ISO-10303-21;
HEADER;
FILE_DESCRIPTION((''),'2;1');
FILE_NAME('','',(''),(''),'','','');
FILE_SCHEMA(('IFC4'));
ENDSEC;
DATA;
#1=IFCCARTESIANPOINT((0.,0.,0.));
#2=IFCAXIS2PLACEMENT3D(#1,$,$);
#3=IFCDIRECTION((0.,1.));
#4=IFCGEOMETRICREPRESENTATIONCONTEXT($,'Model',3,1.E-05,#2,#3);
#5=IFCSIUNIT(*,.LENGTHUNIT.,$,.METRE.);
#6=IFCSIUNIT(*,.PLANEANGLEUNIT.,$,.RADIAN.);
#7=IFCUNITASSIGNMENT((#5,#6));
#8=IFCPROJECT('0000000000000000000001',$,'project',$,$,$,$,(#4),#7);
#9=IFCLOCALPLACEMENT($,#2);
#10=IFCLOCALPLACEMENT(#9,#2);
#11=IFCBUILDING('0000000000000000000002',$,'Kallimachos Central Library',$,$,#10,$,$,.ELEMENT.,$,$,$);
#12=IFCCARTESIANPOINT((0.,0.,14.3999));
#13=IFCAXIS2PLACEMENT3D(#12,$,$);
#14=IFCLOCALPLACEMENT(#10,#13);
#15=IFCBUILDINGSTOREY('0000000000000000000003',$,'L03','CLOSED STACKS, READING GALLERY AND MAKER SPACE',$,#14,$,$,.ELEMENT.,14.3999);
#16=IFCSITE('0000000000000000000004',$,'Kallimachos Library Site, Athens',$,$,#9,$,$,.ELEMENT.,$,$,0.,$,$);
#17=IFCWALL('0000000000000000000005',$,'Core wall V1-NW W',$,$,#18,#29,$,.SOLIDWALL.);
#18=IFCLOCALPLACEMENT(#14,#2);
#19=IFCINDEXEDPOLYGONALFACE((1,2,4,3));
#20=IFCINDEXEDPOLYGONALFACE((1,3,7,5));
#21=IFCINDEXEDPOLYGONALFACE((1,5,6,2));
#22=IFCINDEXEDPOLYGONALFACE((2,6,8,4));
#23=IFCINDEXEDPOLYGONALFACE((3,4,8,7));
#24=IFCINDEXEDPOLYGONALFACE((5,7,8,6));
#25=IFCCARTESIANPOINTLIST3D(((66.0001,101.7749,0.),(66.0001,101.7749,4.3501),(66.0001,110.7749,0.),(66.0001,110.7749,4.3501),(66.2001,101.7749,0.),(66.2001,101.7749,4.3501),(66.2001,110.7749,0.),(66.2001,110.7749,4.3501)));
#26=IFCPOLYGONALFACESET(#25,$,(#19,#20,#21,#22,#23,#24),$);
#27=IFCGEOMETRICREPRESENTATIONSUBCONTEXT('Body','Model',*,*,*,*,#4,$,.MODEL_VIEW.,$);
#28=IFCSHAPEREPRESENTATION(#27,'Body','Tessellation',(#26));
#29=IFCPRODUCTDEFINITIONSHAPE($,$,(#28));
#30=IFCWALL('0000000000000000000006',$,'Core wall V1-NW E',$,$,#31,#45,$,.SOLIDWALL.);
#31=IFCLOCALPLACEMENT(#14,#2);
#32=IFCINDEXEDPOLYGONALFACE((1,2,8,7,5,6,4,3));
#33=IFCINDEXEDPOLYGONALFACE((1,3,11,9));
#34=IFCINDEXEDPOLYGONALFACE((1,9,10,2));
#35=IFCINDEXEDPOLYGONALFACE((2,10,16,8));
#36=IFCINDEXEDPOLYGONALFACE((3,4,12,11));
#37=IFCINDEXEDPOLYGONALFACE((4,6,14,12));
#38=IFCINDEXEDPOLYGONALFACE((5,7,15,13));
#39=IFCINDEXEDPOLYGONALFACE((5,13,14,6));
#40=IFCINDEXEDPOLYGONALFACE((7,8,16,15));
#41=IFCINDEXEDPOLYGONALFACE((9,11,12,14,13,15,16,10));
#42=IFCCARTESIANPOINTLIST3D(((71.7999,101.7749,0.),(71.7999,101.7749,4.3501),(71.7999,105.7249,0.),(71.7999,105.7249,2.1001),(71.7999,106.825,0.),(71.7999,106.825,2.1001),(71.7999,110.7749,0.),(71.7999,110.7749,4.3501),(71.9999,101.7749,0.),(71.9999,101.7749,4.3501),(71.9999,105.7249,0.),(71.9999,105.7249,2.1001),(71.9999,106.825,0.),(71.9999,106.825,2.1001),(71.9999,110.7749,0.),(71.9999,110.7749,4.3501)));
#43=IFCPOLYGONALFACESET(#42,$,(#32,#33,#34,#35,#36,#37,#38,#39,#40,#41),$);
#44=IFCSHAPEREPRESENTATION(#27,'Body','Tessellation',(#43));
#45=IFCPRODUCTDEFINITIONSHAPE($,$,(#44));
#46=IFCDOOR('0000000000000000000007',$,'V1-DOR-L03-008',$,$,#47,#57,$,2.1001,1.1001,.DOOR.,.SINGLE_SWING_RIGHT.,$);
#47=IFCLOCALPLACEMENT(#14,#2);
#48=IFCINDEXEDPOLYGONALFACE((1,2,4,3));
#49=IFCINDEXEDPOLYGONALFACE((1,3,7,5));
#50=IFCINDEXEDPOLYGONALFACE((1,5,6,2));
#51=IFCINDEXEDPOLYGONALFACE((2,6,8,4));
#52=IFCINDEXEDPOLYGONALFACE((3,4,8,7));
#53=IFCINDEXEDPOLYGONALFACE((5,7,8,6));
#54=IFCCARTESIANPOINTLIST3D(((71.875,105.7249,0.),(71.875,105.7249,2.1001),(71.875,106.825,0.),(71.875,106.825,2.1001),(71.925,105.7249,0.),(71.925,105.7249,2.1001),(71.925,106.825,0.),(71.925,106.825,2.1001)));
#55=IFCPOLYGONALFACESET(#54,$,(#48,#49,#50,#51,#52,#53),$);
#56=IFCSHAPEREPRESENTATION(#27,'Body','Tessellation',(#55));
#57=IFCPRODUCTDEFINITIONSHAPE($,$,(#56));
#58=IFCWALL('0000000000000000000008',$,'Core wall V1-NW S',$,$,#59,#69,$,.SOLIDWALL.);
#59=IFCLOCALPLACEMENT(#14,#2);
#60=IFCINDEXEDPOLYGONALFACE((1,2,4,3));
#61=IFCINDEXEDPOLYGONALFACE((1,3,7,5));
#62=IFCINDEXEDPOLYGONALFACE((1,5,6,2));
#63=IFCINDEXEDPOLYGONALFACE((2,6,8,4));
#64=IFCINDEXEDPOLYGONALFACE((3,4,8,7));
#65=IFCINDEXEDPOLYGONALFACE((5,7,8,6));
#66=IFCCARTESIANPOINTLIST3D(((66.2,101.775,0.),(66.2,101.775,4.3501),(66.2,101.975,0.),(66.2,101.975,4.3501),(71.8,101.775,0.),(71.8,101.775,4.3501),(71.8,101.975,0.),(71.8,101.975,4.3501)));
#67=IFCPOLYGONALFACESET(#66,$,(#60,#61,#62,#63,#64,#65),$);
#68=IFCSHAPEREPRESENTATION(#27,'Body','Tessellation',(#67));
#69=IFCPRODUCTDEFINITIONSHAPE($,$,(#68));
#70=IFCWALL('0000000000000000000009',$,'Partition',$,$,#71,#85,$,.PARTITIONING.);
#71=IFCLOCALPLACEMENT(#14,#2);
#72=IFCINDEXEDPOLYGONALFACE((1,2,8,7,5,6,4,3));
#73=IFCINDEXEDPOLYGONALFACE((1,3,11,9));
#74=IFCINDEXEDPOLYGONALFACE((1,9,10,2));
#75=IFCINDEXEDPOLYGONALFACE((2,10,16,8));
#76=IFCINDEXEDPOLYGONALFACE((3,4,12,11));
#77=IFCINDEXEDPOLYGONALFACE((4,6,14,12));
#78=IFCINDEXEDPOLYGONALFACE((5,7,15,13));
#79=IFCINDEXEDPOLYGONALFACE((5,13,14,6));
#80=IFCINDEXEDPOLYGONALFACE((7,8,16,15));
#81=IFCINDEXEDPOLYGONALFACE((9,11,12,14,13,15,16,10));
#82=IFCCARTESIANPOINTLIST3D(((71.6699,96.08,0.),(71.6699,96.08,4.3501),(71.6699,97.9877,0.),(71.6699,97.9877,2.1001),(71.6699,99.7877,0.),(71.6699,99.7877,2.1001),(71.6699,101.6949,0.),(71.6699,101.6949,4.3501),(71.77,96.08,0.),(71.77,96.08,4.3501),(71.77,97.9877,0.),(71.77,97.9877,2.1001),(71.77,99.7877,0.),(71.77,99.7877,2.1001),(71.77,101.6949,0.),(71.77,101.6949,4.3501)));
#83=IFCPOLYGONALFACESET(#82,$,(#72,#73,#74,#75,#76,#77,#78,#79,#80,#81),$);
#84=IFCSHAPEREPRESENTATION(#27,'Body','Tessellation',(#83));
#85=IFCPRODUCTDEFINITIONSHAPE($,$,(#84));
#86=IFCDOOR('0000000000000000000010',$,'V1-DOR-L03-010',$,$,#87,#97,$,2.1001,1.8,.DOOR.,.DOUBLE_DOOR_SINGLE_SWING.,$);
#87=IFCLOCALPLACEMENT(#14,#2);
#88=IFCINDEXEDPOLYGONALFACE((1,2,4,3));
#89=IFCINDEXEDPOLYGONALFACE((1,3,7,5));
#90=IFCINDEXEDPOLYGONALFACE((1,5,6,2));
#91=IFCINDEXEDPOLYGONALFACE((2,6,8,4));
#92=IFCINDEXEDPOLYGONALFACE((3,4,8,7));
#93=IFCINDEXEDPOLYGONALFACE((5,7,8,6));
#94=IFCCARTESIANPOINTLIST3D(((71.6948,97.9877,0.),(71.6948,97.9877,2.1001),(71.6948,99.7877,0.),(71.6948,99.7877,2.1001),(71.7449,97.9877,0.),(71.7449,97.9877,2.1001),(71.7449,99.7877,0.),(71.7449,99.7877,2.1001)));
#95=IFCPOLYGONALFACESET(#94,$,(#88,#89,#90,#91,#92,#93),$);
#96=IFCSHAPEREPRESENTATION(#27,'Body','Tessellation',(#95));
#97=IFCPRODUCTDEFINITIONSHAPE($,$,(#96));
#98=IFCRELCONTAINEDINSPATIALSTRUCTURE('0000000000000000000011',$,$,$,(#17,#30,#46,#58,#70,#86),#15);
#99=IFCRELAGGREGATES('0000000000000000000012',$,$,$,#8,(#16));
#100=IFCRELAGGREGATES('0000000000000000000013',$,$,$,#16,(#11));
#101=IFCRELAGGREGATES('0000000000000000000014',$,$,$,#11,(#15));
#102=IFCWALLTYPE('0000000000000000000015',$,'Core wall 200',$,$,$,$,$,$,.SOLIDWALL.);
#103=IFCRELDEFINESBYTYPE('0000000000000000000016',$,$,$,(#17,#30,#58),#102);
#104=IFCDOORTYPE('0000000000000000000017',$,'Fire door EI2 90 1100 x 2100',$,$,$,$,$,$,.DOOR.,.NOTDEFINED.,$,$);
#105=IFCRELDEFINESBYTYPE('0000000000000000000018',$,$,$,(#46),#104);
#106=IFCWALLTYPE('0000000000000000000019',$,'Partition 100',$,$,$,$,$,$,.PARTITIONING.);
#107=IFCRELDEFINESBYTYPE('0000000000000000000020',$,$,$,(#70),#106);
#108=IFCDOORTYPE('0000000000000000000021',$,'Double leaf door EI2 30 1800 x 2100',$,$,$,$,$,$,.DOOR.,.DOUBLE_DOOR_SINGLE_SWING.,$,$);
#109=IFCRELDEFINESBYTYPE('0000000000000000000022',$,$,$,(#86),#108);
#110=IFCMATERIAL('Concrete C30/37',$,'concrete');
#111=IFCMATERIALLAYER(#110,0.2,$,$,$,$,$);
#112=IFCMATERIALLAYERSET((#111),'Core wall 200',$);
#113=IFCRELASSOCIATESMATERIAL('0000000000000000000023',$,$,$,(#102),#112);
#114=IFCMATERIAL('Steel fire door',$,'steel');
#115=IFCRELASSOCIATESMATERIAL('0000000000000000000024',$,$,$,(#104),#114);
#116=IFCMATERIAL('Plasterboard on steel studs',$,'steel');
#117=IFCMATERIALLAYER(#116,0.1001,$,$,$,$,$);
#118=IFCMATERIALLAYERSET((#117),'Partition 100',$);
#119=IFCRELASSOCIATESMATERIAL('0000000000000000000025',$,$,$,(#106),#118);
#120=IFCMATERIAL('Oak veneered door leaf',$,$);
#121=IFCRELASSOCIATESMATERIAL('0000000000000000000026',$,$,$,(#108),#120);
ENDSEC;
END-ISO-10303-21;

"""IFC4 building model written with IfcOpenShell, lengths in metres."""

from ifc_helpers import new_model, si_unit, direction, frame, frame_2d, origin, place, context, subcontext, project, spatial, rectangle, extrude, material, layer, layer_set, type_object, element, fill, save


model = new_model("IFC4")

# Units and contexts
model_context = context("Model", 3, precision=1e-05, world=origin(), true_north=direction((0.0, 1.0)))
body_context = subcontext(model_context, "Body", "Model", "MODEL_VIEW")
ifc_project = project(units=[si_unit("LENGTHUNIT", "METRE"), si_unit("PLANEANGLEUNIT", "RADIAN")], contexts=[model_context])

# Site, building, storey
site_placement = place(None, origin())
site = spatial("IfcSite", under=ifc_project, at=site_placement, Name="Kallimachos Library Site, Athens", CompositionType="ELEMENT", RefElevation=0.0)
building_placement = place(site_placement, origin())
building = spatial("IfcBuilding", under=site, at=building_placement, Name="Kallimachos Central Library", CompositionType="ELEMENT")
storey_placement = place(building_placement, frame((0.0, 0.0, 14.3999)))
storey = spatial("IfcBuildingStorey", under=building, at=storey_placement, Name="L03", Description="CLOSED STACKS, READING GALLERY AND MAKER SPACE", CompositionType="ELEMENT", Elevation=14.3999)

# Wall
ifc_material_1 = material(Name="Concrete C30/37", Category="concrete")
ifc_layer_1 = layer(ifc_material_1, 0.2)
ifc_layer_set_1 = layer_set([ifc_layer_1], Name="Core wall 200")
wall_type_1 = type_object("IfcWallType", Name="Core wall 200", PredefinedType="SOLIDWALL", material=ifc_layer_set_1)
wall_1_placement = place(storey_placement, frame((66.1001, 101.7749, 0.0), z_axis=(0.0, 0.0, 1.0), x_axis=(0.0, 1.0, 0.0)))
element("IfcWall", 1, at=wall_1_placement, inside=storey, type_object=wall_type_1, Name="Core wall V1-NW W", PredefinedType="SOLIDWALL", context=body_context, shape_type="SweptSolid", body=[
    extrude(rectangle(XDim=9.0, YDim=0.2, at=frame_2d((4.5, 0.0))), origin(), (0.0, 0.0, 1.0), 4.3501),
])

# Wall, opening, door
wall_2_placement = place(storey_placement, frame((71.8999, 101.7749, 0.0), z_axis=(0.0, 0.0, 1.0), x_axis=(0.0, 1.0, 0.0)))
wall_2 = element("IfcWall", 2, at=wall_2_placement, inside=storey, type_object=wall_type_1, Name="Core wall V1-NW E", PredefinedType="SOLIDWALL", context=body_context, shape_type="SweptSolid", body=[
    extrude(rectangle(XDim=9.0, YDim=0.2, at=frame_2d((4.5, 0.0))), origin(), (0.0, 0.0, 1.0), 4.3501),
])
opening_1_placement = place(wall_2_placement, frame((3.95, 0.0, 0.0)))
opening_1 = element("IfcOpeningElement", 3, at=opening_1_placement, cuts=wall_2, PredefinedType="OPENING", context=body_context, shape_type="SweptSolid", body=[
    extrude(rectangle(XDim=1.1001, YDim=2.1001, at=frame_2d((0.55, 1.05))), frame((0.0, 0.1099, 0.0), z_axis=(0.0, -1.0, 0.0), x_axis=(1.0, 0.0, 0.0)), (0.0, 0.0, 1.0), 0.22),
])
ifc_material_2 = material(Name="Steel fire door", Category="steel")
door_type_1 = type_object("IfcDoorType", Name="Fire door EI2 90 1100 x 2100", OperationType="NOTDEFINED", PredefinedType="DOOR", material=ifc_material_2)
door_1_placement = place(opening_1_placement, origin())
door_1 = element("IfcDoor", 4, at=door_1_placement, inside=storey, type_object=door_type_1, Name="V1-DOR-L03-008", OperationType="SINGLE_SWING_RIGHT", OverallHeight=2.1001, OverallWidth=1.1001, PredefinedType="DOOR", context=body_context, shape_type="SweptSolid", body=[
    extrude(rectangle(XDim=1.1001, YDim=2.1001, at=frame_2d((0.55, 1.05))), frame((0.0, 0.0249, 0.0), z_axis=(0.0, -1.0, 0.0), x_axis=(1.0, 0.0, 0.0)), (0.0, 0.0, 1.0), 0.05),
])
fill(opening_1, door_1)

# Wall
wall_3_placement = place(storey_placement, frame((66.2, 101.875, 0.0), z_axis=(0.0, 0.0, 1.0), x_axis=(1.0, 0.0, 0.0)))
element("IfcWall", 5, at=wall_3_placement, inside=storey, type_object=wall_type_1, Name="Core wall V1-NW S", PredefinedType="SOLIDWALL", context=body_context, shape_type="SweptSolid", body=[
    extrude(rectangle(XDim=5.6001, YDim=0.2, at=frame_2d((2.8, 0.0))), origin(), (0.0, 0.0, 1.0), 4.3501),
])

# Wall, opening, door
ifc_material_3 = material(Name="Plasterboard on steel studs", Category="steel")
ifc_layer_2 = layer(ifc_material_3, 0.1001)
ifc_layer_set_2 = layer_set([ifc_layer_2], Name="Partition 100")
wall_type_2 = type_object("IfcWallType", Name="Partition 100", PredefinedType="PARTITIONING", material=ifc_layer_set_2)
wall_4_placement = place(storey_placement, frame((71.72, 101.6951, 0.0), z_axis=(0.0, 0.0, 1.0), x_axis=(0.0, -1.0, 0.0)))
wall_4 = element("IfcWall", 6, at=wall_4_placement, inside=storey, type_object=wall_type_2, Name="Partition", PredefinedType="PARTITIONING", context=body_context, shape_type="SweptSolid", body=[
    extrude(rectangle(XDim=5.615, YDim=0.1001, at=frame_2d((2.8076, 0.0))), origin(), (0.0, 0.0, 1.0), 4.3501),
])
opening_2_placement = place(wall_4_placement, frame((1.9075, 0.0, 0.0)))
opening_2 = element("IfcOpeningElement", 7, at=opening_2_placement, cuts=wall_4, PredefinedType="OPENING", context=body_context, shape_type="SweptSolid", body=[
    extrude(rectangle(XDim=1.8, YDim=2.1001, at=frame_2d((0.8999, 1.05))), frame((0.0, 0.0601, 0.0), z_axis=(0.0, -1.0, 0.0), x_axis=(1.0, 0.0, 0.0)), (0.0, 0.0, 1.0), 0.1201),
])
ifc_material_4 = material(Name="Oak veneered door leaf")
door_type_2 = type_object("IfcDoorType", Name="Double leaf door EI2 30 1800 x 2100", OperationType="DOUBLE_DOOR_SINGLE_SWING", PredefinedType="DOOR", material=ifc_material_4)
door_2_placement = place(opening_2_placement, origin())
door_2 = element("IfcDoor", 8, at=door_2_placement, inside=storey, type_object=door_type_2, Name="V1-DOR-L03-010", OperationType="DOUBLE_DOOR_SINGLE_SWING", OverallHeight=2.1001, OverallWidth=1.8, PredefinedType="DOOR", context=body_context, shape_type="SweptSolid", body=[
    extrude(rectangle(XDim=1.8, YDim=2.1001, at=frame_2d((0.8999, 1.05))), frame((0.0, 0.0249, 0.0), z_axis=(0.0, -1.0, 0.0), x_axis=(1.0, 0.0, 0.0)), (0.0, 0.0, 1.0), 0.05),
])
fill(opening_2, door_2)

save(model, "model.ifc")
